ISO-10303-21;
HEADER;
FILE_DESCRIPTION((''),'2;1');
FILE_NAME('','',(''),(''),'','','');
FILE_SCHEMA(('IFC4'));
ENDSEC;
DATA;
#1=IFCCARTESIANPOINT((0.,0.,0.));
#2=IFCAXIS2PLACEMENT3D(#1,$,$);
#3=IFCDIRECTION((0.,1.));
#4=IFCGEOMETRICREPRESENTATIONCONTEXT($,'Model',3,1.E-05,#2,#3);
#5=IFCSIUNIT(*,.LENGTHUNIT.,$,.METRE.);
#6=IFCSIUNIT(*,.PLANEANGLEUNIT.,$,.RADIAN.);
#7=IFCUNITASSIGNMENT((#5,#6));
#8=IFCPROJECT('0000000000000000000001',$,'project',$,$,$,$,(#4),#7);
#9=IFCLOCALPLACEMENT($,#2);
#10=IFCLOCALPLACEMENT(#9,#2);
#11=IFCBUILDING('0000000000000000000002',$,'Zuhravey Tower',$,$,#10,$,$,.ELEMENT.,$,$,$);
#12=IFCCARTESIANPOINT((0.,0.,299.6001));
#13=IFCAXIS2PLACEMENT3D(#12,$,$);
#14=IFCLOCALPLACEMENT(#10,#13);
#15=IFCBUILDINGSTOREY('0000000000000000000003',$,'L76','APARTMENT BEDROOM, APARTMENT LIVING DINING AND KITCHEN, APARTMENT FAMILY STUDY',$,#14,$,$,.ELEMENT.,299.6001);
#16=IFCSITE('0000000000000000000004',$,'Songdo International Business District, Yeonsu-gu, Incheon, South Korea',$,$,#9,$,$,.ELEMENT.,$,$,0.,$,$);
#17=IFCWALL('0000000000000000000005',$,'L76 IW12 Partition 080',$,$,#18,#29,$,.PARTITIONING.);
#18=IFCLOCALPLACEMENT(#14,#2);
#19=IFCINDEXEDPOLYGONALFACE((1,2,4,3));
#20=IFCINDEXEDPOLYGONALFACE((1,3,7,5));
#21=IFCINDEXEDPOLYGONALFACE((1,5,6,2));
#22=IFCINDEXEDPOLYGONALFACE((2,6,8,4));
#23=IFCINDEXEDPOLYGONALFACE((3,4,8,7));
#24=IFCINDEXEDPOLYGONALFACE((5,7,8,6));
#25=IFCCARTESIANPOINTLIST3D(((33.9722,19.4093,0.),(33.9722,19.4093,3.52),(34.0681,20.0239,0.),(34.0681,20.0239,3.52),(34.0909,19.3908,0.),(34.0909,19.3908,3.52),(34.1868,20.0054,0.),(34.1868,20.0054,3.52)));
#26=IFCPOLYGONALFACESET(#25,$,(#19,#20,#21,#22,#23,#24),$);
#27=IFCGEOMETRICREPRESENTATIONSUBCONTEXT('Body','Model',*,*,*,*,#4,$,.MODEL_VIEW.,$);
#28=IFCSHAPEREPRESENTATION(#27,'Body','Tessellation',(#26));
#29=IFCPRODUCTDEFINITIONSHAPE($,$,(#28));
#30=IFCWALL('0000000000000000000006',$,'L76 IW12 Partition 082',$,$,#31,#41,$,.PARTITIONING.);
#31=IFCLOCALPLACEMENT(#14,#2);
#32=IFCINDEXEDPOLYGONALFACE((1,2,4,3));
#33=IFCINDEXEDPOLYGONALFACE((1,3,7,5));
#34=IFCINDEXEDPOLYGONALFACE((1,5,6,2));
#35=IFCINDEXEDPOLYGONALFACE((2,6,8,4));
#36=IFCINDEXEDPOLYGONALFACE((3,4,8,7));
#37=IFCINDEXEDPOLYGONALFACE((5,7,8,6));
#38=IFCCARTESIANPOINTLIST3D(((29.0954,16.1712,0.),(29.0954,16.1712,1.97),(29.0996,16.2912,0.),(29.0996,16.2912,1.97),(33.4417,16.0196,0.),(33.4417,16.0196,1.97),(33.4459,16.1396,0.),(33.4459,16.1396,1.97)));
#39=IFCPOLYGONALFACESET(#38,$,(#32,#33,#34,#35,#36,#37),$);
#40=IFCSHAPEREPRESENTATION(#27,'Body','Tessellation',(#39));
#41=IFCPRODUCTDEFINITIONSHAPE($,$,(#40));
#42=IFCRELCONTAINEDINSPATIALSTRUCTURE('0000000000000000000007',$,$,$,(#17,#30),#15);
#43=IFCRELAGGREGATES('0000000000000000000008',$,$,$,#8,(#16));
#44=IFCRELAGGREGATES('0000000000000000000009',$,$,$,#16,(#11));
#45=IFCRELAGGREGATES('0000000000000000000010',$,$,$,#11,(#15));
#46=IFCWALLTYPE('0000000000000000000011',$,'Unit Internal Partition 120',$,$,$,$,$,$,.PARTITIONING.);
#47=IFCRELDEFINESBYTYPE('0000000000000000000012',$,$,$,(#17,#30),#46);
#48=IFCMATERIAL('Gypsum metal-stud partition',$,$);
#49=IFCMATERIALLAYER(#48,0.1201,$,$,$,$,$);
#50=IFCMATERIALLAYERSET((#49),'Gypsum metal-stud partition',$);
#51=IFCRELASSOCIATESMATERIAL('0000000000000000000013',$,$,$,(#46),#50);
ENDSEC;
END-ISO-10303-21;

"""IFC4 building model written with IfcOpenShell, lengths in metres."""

from ifc_helpers import new_model, si_unit, direction, frame, frame_2d, origin, place, context, subcontext, project, spatial, rectangle, extrude, material, layer, layer_set, type_object, element, save


model = new_model("IFC4")

# Units and contexts
model_context = context("Model", 3, precision=1e-05, world=origin(), true_north=direction((0.0, 1.0)))
body_context = subcontext(model_context, "Body", "Model", "MODEL_VIEW")
ifc_project = project(units=[si_unit("LENGTHUNIT", "METRE"), si_unit("PLANEANGLEUNIT", "RADIAN")], contexts=[model_context])

# Site, building, storey
site_placement = place(None, origin())
site = spatial("IfcSite", under=ifc_project, at=site_placement, Name="Songdo International Business District, Yeonsu-gu, Incheon, South Korea", CompositionType="ELEMENT", RefElevation=0.0)
building_placement = place(site_placement, origin())
building = spatial("IfcBuilding", under=site, at=building_placement, Name="Zuhravey Tower", CompositionType="ELEMENT")
storey_placement = place(building_placement, frame((0.0, 0.0, 299.6001)))
storey = spatial("IfcBuildingStorey", under=building, at=storey_placement, Name="L76", Description="APARTMENT BEDROOM, APARTMENT LIVING DINING AND KITCHEN, APARTMENT FAMILY STUDY", CompositionType="ELEMENT", Elevation=299.6001)

# Shared definitions
ifc_material_1 = material(Name="Gypsum metal-stud partition")
ifc_layer_1 = layer(ifc_material_1, 0.1201)
ifc_layer_set_1 = layer_set([ifc_layer_1], Name="Gypsum metal-stud partition")
wall_type_1 = type_object("IfcWallType", Name="Unit Internal Partition 120", PredefinedType="PARTITIONING", material=ifc_layer_set_1)

# Walls
wall_1_placement = place(storey_placement, frame((34.1274, 20.0146, 0.0), z_axis=(0.0, 0.0, 1.0), x_axis=(-0.154209, -0.988038, 0.0)))
element("IfcWall", 1, at=wall_1_placement, inside=storey, type_object=wall_type_1, Name="L76 IW12 Partition 080", PredefinedType="PARTITIONING", context=body_context, shape_type="SweptSolid", body=[
    extrude(rectangle(XDim=0.6221, YDim=0.1201, at=frame_2d((0.311, 0.0))), origin(), (0.0, 0.0, 1.0), 3.52),
])
wall_2_placement = place(storey_placement, frame((29.0977, 16.2312, 0.0), z_axis=(0.0, 0.0, 1.0), x_axis=(0.999392, -0.034863, 0.0)))
element("IfcWall", 2, at=wall_2_placement, inside=storey, type_object=wall_type_1, Name="L76 IW12 Partition 082", PredefinedType="PARTITIONING", context=body_context, shape_type="SweptSolid", body=[
    extrude(rectangle(XDim=4.3489, YDim=0.1201, at=frame_2d((2.1743, 0.0))), origin(), (0.0, 0.0, 1.0), 1.97),
])

save(model, "model.ifc")
